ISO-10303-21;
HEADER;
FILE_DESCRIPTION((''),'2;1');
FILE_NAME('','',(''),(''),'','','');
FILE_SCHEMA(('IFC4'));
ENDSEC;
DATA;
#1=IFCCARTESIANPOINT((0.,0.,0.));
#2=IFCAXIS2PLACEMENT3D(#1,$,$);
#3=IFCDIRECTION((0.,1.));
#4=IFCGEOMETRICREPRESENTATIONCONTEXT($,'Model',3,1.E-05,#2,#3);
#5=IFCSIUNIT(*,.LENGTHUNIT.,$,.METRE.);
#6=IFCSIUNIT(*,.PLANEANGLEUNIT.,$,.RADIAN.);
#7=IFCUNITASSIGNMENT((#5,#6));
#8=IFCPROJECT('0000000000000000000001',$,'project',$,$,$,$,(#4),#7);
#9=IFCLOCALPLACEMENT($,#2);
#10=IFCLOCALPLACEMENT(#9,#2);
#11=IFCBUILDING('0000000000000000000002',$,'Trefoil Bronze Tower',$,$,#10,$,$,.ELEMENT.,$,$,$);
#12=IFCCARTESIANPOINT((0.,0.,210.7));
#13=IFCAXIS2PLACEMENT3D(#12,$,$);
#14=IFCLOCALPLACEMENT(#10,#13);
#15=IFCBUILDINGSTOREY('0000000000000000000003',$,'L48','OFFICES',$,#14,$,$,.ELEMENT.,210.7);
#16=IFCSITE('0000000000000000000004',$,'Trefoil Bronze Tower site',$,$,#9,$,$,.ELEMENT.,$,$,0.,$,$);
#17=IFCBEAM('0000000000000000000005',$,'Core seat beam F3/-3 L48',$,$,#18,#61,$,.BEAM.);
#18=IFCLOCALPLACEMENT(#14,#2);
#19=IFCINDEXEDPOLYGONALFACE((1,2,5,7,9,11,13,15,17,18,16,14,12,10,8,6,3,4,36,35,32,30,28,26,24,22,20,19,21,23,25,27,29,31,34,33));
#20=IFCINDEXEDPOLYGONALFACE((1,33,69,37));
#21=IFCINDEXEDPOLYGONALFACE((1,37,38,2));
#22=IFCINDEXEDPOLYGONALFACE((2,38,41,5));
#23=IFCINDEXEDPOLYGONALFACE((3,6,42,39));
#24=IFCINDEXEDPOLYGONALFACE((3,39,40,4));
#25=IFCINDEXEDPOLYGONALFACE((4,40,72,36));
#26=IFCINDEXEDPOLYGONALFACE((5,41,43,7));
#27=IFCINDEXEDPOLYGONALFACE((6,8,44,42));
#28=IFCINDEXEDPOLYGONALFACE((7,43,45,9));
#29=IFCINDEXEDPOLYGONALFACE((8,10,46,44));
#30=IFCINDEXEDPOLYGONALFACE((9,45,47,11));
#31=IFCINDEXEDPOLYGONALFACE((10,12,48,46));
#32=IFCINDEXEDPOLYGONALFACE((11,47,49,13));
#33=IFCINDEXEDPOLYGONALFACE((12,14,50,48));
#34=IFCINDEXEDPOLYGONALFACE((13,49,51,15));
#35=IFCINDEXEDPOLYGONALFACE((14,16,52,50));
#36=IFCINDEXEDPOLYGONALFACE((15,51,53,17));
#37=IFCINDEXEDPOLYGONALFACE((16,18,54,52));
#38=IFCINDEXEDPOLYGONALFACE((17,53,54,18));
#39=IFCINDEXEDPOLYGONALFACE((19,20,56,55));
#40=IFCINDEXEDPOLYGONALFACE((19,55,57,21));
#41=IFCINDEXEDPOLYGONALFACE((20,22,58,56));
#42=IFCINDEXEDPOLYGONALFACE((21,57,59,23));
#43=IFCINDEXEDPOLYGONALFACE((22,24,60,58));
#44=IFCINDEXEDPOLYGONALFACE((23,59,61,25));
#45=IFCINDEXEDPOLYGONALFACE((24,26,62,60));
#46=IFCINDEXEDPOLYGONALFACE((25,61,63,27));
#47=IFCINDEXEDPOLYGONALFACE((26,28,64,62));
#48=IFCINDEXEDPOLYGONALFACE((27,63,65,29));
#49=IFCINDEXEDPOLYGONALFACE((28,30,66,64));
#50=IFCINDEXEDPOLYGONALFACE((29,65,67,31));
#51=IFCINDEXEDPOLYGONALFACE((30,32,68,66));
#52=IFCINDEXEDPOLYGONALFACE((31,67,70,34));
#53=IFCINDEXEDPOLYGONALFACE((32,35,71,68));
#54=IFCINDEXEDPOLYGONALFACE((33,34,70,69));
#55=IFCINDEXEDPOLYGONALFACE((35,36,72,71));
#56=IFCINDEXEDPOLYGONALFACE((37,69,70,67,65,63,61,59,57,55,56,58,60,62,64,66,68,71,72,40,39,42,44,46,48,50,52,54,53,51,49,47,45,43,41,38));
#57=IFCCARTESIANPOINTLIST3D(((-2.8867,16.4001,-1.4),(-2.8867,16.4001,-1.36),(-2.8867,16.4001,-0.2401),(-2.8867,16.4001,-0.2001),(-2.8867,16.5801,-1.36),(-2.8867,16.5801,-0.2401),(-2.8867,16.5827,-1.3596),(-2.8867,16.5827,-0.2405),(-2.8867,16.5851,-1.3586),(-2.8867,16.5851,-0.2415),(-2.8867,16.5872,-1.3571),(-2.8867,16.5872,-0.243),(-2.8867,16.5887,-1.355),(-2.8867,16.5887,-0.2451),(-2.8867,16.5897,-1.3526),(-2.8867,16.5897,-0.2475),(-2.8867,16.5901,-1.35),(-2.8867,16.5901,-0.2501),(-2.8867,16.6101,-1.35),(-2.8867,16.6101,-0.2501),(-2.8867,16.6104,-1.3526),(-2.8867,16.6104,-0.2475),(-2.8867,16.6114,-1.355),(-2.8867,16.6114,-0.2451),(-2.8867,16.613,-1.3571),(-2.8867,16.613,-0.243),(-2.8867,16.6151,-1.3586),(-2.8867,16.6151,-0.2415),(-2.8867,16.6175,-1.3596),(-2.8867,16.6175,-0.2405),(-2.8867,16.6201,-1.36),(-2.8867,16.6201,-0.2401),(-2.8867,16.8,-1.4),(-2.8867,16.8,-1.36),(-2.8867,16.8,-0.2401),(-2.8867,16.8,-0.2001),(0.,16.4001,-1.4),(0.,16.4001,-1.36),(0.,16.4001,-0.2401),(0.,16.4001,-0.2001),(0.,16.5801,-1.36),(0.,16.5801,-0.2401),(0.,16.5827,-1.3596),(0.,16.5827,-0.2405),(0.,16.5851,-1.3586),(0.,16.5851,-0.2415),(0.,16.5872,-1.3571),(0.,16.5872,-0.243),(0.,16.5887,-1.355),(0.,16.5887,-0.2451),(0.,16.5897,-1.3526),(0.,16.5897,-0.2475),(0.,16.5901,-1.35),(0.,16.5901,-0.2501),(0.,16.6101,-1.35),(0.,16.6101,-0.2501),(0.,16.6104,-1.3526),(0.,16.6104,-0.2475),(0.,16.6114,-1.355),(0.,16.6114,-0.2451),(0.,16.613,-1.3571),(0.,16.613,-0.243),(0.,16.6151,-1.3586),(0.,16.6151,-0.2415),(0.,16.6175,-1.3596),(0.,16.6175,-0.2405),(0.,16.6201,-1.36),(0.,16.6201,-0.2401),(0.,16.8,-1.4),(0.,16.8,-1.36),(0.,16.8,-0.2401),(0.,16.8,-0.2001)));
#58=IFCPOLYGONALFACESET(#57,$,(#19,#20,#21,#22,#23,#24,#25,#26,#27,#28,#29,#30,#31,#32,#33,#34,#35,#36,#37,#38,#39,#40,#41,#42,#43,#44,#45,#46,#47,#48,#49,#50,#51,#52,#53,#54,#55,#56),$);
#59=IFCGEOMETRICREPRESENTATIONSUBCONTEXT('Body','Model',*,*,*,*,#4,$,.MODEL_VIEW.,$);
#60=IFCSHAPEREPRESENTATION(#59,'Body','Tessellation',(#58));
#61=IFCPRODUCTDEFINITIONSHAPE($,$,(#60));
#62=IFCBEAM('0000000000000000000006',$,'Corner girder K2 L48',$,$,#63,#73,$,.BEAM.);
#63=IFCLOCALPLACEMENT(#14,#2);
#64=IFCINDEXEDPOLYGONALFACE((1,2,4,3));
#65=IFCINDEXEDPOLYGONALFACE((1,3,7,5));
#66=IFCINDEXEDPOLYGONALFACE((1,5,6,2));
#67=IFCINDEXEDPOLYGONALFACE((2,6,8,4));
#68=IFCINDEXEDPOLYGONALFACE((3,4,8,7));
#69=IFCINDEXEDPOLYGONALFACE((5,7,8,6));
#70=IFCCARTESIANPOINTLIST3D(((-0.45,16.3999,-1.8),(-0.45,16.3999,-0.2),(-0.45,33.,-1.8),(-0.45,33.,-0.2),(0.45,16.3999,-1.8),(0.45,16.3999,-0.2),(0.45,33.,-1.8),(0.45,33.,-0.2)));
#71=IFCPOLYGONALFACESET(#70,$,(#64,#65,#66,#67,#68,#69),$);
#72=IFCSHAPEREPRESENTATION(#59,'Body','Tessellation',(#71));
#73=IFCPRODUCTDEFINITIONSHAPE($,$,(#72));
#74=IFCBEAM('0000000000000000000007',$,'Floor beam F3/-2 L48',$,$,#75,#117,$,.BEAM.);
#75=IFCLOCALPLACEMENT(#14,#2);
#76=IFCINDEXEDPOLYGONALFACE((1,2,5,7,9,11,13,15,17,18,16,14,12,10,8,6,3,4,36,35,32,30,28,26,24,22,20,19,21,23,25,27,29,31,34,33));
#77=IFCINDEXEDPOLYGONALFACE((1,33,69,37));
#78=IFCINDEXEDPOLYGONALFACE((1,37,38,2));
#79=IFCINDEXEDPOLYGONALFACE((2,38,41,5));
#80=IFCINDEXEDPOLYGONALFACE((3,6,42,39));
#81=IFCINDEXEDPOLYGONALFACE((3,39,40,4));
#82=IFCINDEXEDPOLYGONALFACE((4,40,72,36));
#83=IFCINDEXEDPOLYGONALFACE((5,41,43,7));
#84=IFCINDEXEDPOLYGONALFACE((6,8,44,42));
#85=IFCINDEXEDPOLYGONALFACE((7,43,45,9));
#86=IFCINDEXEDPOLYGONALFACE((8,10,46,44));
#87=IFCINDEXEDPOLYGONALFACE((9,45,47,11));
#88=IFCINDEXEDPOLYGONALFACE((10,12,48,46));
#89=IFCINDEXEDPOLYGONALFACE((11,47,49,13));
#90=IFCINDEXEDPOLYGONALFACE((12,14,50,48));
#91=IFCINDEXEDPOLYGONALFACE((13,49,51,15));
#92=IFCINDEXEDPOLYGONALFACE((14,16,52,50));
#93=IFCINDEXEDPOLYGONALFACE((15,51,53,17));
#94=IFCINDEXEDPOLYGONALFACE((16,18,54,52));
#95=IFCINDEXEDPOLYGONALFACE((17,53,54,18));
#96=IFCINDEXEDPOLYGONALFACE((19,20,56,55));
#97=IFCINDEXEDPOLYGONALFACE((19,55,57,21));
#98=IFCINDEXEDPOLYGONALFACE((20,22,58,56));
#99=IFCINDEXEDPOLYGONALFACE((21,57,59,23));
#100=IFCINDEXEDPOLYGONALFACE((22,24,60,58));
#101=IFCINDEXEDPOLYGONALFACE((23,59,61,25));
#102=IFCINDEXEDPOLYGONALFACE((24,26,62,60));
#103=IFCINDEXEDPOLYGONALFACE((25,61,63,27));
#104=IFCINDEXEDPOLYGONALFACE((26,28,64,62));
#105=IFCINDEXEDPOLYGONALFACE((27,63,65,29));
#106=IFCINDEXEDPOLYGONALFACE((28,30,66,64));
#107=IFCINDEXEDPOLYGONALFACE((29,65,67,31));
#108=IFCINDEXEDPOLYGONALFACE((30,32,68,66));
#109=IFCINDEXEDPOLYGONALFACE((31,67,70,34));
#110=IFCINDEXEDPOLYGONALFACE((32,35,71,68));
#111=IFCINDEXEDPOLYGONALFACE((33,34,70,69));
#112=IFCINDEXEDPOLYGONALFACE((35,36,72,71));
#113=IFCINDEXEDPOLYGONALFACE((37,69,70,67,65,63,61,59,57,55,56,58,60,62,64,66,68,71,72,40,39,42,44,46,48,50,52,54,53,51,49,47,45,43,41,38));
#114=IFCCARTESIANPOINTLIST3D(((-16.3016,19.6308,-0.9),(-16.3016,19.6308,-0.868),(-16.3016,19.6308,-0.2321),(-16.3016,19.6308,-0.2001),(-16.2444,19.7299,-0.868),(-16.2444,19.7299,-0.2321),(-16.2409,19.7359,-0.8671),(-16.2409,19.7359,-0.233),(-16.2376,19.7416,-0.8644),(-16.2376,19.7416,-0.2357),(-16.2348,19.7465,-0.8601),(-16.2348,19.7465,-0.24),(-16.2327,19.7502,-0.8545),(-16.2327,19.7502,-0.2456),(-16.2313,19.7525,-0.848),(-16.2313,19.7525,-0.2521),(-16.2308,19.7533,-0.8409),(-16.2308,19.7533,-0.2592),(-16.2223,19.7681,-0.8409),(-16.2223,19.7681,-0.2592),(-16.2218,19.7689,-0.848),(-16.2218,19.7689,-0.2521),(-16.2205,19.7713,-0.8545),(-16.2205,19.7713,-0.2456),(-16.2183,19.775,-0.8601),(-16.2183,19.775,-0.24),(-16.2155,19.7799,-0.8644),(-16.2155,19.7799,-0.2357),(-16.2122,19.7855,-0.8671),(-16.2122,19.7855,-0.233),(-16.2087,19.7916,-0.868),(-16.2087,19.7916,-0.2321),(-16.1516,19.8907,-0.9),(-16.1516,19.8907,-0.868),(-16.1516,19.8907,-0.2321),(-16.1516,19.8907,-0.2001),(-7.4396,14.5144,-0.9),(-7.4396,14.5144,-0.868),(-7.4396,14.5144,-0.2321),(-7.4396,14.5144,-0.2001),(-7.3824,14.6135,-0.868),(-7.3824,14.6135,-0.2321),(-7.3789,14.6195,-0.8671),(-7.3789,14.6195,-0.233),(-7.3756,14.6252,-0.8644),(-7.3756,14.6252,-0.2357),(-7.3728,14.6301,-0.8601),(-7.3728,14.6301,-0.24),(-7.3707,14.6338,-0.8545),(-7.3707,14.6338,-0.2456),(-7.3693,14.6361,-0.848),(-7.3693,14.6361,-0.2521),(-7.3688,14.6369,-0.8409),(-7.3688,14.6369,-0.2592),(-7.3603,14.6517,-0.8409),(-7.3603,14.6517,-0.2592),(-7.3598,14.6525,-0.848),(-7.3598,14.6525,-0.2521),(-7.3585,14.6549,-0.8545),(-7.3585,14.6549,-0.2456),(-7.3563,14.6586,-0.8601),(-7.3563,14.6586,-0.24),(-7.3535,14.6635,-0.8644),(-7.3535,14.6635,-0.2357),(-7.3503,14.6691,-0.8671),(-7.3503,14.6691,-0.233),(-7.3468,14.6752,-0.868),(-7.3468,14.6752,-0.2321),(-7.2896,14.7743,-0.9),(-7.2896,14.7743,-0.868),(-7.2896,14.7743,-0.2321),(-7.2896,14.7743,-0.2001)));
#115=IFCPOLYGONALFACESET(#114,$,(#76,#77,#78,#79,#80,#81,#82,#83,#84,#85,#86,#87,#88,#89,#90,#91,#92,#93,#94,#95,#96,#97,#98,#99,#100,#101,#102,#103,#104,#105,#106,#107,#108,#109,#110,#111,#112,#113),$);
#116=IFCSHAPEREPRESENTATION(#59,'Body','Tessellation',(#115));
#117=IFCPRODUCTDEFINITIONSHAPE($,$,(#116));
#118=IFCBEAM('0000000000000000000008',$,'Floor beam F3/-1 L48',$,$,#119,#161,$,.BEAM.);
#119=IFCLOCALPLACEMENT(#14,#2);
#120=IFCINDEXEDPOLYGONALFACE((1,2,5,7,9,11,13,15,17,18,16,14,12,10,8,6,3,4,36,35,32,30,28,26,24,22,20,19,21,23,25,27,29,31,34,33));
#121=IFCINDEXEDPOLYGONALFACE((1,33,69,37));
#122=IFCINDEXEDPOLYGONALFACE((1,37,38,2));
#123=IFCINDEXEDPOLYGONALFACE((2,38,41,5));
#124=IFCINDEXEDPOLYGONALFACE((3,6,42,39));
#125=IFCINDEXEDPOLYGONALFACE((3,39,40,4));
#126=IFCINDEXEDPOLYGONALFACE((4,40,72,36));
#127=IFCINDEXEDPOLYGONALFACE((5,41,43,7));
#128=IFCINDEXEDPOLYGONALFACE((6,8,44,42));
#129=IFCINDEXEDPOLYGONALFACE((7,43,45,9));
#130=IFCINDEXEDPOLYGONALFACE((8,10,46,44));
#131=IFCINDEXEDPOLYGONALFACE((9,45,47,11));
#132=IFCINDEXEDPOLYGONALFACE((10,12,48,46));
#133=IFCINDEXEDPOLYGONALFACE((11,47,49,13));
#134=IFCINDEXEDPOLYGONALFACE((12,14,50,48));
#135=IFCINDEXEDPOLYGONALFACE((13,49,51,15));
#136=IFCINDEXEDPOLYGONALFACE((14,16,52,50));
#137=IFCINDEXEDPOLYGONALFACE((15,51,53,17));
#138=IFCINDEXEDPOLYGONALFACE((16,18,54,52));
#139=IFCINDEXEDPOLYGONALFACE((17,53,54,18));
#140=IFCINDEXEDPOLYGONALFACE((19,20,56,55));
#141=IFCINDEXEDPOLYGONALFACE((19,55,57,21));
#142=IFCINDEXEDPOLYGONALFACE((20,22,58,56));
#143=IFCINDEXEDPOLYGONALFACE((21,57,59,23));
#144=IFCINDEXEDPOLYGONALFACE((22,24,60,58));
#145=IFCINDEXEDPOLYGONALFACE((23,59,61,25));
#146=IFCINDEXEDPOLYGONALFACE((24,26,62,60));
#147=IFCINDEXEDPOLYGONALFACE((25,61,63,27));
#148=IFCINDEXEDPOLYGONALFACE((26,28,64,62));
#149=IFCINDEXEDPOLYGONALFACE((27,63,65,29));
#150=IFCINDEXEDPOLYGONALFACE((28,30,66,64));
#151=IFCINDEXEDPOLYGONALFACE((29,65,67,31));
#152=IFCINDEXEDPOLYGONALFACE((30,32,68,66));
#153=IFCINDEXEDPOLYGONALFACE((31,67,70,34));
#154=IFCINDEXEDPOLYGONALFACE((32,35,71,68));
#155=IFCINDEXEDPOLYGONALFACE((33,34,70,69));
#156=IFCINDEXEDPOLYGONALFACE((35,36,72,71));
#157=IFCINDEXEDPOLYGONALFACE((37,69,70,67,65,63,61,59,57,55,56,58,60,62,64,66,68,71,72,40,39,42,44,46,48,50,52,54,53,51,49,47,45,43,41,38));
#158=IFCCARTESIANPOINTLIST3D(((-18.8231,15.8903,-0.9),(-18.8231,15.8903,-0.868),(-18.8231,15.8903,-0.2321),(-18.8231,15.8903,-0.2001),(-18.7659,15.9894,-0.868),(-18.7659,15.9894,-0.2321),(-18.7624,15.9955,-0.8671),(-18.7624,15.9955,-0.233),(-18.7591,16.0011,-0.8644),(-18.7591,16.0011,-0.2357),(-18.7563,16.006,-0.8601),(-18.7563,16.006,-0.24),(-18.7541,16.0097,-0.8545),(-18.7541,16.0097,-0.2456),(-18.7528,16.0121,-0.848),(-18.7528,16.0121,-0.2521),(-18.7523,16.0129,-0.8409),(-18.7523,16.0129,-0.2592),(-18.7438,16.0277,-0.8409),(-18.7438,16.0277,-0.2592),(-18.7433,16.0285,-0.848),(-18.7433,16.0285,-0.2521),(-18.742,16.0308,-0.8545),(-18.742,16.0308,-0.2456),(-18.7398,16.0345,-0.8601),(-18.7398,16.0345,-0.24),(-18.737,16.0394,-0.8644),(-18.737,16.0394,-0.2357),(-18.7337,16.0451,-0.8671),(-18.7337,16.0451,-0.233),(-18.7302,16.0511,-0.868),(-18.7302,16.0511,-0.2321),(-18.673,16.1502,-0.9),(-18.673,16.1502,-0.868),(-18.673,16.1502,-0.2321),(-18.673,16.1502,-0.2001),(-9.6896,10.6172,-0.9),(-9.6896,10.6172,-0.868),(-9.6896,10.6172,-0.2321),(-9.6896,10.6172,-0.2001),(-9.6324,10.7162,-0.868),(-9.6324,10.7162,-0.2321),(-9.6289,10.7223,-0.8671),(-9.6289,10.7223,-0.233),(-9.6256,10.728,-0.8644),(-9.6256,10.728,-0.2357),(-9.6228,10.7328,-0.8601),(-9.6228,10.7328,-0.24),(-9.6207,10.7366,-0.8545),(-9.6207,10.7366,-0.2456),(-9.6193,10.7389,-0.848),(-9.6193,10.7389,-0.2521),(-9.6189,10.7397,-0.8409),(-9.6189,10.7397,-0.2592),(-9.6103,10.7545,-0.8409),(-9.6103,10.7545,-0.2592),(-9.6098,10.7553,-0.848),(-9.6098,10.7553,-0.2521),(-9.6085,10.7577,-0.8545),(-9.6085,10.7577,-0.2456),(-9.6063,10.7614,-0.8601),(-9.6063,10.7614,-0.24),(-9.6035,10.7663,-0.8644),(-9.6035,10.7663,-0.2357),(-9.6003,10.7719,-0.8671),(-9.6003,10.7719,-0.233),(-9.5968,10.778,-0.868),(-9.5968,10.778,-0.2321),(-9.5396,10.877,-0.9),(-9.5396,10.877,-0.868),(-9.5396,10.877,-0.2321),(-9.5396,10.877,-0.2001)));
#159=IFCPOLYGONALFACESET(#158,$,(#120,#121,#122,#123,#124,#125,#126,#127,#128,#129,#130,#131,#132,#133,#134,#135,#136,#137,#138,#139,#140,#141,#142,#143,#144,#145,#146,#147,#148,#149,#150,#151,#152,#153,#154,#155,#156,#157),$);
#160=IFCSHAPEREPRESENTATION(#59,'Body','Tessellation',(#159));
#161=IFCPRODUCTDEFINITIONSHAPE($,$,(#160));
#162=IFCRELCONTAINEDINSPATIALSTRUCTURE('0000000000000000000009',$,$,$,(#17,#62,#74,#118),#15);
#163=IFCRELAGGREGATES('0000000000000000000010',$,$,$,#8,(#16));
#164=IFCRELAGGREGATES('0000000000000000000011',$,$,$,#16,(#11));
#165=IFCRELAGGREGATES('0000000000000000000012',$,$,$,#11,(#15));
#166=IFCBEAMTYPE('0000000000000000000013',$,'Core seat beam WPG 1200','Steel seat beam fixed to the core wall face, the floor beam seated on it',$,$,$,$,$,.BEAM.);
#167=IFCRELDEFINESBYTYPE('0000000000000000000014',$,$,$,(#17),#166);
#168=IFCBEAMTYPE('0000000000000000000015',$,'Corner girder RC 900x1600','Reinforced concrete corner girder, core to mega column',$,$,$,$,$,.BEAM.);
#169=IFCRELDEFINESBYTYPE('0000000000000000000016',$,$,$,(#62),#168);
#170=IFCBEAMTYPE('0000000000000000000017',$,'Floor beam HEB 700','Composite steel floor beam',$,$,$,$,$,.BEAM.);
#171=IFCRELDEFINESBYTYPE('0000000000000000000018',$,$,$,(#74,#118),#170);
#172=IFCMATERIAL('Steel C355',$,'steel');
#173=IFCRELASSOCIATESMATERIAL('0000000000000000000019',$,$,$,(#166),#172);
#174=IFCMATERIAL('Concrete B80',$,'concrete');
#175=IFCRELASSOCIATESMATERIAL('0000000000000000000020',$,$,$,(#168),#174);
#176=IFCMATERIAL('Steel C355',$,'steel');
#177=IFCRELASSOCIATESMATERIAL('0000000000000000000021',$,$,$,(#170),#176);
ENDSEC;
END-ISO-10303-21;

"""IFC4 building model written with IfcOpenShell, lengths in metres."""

from ifc_helpers import new_model, si_unit, direction, frame, origin, origin_2d, place, context, subcontext, project, spatial, rectangle, i_section, extrude, material, material_profile, profile_set, type_object, element, save


model = new_model("IFC4")

# Units and contexts
model_context = context("Model", 3, precision=1e-05, world=origin(), true_north=direction((0.0, 1.0)))
body_context = subcontext(model_context, "Body", "Model", "MODEL_VIEW")
ifc_project = project(units=[si_unit("LENGTHUNIT", "METRE"), si_unit("PLANEANGLEUNIT", "RADIAN")], contexts=[model_context])

# Site, building, storey
site_placement = place(None, origin())
site = spatial("IfcSite", under=ifc_project, at=site_placement, Name="Trefoil Bronze Tower site", CompositionType="ELEMENT", RefElevation=0.0)
building_placement = place(site_placement, origin())
building = spatial("IfcBuilding", under=site, at=building_placement, Name="Trefoil Bronze Tower", CompositionType="ELEMENT")
storey_placement = place(building_placement, frame((0.0, 0.0, 210.7)))
storey = spatial("IfcBuildingStorey", under=building, at=storey_placement, Name="L48", Description="OFFICES", CompositionType="ELEMENT", Elevation=210.7)

# Beams
ifc_material_1 = material(Name="Steel C355", Category="steel")
ifc_material_profile_1 = material_profile(ifc_material_1, i_section(OverallWidth=0.3999, OverallDepth=1.2, WebThickness=0.02, FlangeThickness=0.04, FilletRadius=0.01, at=origin_2d()), Name="WPG 1200")
ifc_profile_set_1 = profile_set([ifc_material_profile_1], Name="Steel C355")
beam_type_1 = type_object("IfcBeamType", Name="Core seat beam WPG 1200", Description="Steel seat beam fixed to the core wall face, the floor beam seated on it", PredefinedType="BEAM", material=ifc_profile_set_1)
beam_1_placement = place(storey_placement, frame((0.0, 16.6001, -0.8), z_axis=(-1.0, 0.0, 0.0), x_axis=(0.0, -1.0, 0.0)))
element("IfcBeam", 1, at=beam_1_placement, inside=storey, type_object=beam_type_1, Name="Core seat beam F3/-3 L48", PredefinedType="BEAM", context=body_context, shape_type="SweptSolid", body=[
    extrude(i_section(OverallWidth=0.3999, OverallDepth=1.2, WebThickness=0.02, FlangeThickness=0.04, FilletRadius=0.01, at=origin_2d()), origin(), (0.0, 0.0, 1.0), 2.8867),
])
ifc_material_2 = material(Name="Concrete B80", Category="concrete")
ifc_material_profile_2 = material_profile(ifc_material_2, rectangle(XDim=0.8999, YDim=1.6001, at=origin_2d()), Name="RC 900x1600")
ifc_profile_set_2 = profile_set([ifc_material_profile_2], Name="Concrete B80")
beam_type_2 = type_object("IfcBeamType", Name="Corner girder RC 900x1600", Description="Reinforced concrete corner girder, core to mega column", PredefinedType="BEAM", material=ifc_profile_set_2)
beam_2_placement = place(storey_placement, frame((0.0, 16.3999, -1.0), z_axis=(0.0, 1.0, 0.0), x_axis=(-1.0, 0.0, 0.0)))
element("IfcBeam", 2, at=beam_2_placement, inside=storey, type_object=beam_type_2, Name="Corner girder K2 L48", PredefinedType="BEAM", context=body_context, shape_type="SweptSolid", body=[
    extrude(rectangle(XDim=0.8999, YDim=1.6001, at=origin_2d()), origin(), (0.0, 0.0, 1.0), 16.6001),
])
ifc_material_3 = material(Name="Steel C355", Category="steel")
ifc_material_profile_3 = material_profile(ifc_material_3, i_section(OverallWidth=0.3, OverallDepth=0.7, WebThickness=0.0171, FlangeThickness=0.032, FilletRadius=0.0271, at=origin_2d()), Name="HEB 700")
ifc_profile_set_3 = profile_set([ifc_material_profile_3], Name="Steel C355")
beam_type_3 = type_object("IfcBeamType", Name="Floor beam HEB 700", Description="Composite steel floor beam", PredefinedType="BEAM", material=ifc_profile_set_3)
beam_3_placement = place(storey_placement, frame((-16.2266, 19.7607, -0.55), z_axis=(0.866028, -0.499996, 0.0), x_axis=(0.499996, 0.866028, 0.0)))
element("IfcBeam", 3, at=beam_3_placement, inside=storey, type_object=beam_type_3, Name="Floor beam F3/-2 L48", PredefinedType="BEAM", context=body_context, shape_type="SweptSolid", body=[
    extrude(i_section(OverallWidth=0.3, OverallDepth=0.7, WebThickness=0.0171, FlangeThickness=0.032, FilletRadius=0.0271, at=origin_2d()), origin(), (0.0, 0.0, 1.0), 10.2329),
])
beam_4_placement = place(storey_placement, frame((-18.748, 16.0203, -0.55), z_axis=(0.866028, -0.499996, 0.0), x_axis=(0.499996, 0.866028, 0.0)))
element("IfcBeam", 4, at=beam_4_placement, inside=storey, type_object=beam_type_3, Name="Floor beam F3/-1 L48", PredefinedType="BEAM", context=body_context, shape_type="SweptSolid", body=[
    extrude(i_section(OverallWidth=0.3, OverallDepth=0.7, WebThickness=0.0171, FlangeThickness=0.032, FilletRadius=0.0271, at=origin_2d()), origin(), (0.0, 0.0, 1.0), 10.5464),
])

save(model, "model.ifc")
